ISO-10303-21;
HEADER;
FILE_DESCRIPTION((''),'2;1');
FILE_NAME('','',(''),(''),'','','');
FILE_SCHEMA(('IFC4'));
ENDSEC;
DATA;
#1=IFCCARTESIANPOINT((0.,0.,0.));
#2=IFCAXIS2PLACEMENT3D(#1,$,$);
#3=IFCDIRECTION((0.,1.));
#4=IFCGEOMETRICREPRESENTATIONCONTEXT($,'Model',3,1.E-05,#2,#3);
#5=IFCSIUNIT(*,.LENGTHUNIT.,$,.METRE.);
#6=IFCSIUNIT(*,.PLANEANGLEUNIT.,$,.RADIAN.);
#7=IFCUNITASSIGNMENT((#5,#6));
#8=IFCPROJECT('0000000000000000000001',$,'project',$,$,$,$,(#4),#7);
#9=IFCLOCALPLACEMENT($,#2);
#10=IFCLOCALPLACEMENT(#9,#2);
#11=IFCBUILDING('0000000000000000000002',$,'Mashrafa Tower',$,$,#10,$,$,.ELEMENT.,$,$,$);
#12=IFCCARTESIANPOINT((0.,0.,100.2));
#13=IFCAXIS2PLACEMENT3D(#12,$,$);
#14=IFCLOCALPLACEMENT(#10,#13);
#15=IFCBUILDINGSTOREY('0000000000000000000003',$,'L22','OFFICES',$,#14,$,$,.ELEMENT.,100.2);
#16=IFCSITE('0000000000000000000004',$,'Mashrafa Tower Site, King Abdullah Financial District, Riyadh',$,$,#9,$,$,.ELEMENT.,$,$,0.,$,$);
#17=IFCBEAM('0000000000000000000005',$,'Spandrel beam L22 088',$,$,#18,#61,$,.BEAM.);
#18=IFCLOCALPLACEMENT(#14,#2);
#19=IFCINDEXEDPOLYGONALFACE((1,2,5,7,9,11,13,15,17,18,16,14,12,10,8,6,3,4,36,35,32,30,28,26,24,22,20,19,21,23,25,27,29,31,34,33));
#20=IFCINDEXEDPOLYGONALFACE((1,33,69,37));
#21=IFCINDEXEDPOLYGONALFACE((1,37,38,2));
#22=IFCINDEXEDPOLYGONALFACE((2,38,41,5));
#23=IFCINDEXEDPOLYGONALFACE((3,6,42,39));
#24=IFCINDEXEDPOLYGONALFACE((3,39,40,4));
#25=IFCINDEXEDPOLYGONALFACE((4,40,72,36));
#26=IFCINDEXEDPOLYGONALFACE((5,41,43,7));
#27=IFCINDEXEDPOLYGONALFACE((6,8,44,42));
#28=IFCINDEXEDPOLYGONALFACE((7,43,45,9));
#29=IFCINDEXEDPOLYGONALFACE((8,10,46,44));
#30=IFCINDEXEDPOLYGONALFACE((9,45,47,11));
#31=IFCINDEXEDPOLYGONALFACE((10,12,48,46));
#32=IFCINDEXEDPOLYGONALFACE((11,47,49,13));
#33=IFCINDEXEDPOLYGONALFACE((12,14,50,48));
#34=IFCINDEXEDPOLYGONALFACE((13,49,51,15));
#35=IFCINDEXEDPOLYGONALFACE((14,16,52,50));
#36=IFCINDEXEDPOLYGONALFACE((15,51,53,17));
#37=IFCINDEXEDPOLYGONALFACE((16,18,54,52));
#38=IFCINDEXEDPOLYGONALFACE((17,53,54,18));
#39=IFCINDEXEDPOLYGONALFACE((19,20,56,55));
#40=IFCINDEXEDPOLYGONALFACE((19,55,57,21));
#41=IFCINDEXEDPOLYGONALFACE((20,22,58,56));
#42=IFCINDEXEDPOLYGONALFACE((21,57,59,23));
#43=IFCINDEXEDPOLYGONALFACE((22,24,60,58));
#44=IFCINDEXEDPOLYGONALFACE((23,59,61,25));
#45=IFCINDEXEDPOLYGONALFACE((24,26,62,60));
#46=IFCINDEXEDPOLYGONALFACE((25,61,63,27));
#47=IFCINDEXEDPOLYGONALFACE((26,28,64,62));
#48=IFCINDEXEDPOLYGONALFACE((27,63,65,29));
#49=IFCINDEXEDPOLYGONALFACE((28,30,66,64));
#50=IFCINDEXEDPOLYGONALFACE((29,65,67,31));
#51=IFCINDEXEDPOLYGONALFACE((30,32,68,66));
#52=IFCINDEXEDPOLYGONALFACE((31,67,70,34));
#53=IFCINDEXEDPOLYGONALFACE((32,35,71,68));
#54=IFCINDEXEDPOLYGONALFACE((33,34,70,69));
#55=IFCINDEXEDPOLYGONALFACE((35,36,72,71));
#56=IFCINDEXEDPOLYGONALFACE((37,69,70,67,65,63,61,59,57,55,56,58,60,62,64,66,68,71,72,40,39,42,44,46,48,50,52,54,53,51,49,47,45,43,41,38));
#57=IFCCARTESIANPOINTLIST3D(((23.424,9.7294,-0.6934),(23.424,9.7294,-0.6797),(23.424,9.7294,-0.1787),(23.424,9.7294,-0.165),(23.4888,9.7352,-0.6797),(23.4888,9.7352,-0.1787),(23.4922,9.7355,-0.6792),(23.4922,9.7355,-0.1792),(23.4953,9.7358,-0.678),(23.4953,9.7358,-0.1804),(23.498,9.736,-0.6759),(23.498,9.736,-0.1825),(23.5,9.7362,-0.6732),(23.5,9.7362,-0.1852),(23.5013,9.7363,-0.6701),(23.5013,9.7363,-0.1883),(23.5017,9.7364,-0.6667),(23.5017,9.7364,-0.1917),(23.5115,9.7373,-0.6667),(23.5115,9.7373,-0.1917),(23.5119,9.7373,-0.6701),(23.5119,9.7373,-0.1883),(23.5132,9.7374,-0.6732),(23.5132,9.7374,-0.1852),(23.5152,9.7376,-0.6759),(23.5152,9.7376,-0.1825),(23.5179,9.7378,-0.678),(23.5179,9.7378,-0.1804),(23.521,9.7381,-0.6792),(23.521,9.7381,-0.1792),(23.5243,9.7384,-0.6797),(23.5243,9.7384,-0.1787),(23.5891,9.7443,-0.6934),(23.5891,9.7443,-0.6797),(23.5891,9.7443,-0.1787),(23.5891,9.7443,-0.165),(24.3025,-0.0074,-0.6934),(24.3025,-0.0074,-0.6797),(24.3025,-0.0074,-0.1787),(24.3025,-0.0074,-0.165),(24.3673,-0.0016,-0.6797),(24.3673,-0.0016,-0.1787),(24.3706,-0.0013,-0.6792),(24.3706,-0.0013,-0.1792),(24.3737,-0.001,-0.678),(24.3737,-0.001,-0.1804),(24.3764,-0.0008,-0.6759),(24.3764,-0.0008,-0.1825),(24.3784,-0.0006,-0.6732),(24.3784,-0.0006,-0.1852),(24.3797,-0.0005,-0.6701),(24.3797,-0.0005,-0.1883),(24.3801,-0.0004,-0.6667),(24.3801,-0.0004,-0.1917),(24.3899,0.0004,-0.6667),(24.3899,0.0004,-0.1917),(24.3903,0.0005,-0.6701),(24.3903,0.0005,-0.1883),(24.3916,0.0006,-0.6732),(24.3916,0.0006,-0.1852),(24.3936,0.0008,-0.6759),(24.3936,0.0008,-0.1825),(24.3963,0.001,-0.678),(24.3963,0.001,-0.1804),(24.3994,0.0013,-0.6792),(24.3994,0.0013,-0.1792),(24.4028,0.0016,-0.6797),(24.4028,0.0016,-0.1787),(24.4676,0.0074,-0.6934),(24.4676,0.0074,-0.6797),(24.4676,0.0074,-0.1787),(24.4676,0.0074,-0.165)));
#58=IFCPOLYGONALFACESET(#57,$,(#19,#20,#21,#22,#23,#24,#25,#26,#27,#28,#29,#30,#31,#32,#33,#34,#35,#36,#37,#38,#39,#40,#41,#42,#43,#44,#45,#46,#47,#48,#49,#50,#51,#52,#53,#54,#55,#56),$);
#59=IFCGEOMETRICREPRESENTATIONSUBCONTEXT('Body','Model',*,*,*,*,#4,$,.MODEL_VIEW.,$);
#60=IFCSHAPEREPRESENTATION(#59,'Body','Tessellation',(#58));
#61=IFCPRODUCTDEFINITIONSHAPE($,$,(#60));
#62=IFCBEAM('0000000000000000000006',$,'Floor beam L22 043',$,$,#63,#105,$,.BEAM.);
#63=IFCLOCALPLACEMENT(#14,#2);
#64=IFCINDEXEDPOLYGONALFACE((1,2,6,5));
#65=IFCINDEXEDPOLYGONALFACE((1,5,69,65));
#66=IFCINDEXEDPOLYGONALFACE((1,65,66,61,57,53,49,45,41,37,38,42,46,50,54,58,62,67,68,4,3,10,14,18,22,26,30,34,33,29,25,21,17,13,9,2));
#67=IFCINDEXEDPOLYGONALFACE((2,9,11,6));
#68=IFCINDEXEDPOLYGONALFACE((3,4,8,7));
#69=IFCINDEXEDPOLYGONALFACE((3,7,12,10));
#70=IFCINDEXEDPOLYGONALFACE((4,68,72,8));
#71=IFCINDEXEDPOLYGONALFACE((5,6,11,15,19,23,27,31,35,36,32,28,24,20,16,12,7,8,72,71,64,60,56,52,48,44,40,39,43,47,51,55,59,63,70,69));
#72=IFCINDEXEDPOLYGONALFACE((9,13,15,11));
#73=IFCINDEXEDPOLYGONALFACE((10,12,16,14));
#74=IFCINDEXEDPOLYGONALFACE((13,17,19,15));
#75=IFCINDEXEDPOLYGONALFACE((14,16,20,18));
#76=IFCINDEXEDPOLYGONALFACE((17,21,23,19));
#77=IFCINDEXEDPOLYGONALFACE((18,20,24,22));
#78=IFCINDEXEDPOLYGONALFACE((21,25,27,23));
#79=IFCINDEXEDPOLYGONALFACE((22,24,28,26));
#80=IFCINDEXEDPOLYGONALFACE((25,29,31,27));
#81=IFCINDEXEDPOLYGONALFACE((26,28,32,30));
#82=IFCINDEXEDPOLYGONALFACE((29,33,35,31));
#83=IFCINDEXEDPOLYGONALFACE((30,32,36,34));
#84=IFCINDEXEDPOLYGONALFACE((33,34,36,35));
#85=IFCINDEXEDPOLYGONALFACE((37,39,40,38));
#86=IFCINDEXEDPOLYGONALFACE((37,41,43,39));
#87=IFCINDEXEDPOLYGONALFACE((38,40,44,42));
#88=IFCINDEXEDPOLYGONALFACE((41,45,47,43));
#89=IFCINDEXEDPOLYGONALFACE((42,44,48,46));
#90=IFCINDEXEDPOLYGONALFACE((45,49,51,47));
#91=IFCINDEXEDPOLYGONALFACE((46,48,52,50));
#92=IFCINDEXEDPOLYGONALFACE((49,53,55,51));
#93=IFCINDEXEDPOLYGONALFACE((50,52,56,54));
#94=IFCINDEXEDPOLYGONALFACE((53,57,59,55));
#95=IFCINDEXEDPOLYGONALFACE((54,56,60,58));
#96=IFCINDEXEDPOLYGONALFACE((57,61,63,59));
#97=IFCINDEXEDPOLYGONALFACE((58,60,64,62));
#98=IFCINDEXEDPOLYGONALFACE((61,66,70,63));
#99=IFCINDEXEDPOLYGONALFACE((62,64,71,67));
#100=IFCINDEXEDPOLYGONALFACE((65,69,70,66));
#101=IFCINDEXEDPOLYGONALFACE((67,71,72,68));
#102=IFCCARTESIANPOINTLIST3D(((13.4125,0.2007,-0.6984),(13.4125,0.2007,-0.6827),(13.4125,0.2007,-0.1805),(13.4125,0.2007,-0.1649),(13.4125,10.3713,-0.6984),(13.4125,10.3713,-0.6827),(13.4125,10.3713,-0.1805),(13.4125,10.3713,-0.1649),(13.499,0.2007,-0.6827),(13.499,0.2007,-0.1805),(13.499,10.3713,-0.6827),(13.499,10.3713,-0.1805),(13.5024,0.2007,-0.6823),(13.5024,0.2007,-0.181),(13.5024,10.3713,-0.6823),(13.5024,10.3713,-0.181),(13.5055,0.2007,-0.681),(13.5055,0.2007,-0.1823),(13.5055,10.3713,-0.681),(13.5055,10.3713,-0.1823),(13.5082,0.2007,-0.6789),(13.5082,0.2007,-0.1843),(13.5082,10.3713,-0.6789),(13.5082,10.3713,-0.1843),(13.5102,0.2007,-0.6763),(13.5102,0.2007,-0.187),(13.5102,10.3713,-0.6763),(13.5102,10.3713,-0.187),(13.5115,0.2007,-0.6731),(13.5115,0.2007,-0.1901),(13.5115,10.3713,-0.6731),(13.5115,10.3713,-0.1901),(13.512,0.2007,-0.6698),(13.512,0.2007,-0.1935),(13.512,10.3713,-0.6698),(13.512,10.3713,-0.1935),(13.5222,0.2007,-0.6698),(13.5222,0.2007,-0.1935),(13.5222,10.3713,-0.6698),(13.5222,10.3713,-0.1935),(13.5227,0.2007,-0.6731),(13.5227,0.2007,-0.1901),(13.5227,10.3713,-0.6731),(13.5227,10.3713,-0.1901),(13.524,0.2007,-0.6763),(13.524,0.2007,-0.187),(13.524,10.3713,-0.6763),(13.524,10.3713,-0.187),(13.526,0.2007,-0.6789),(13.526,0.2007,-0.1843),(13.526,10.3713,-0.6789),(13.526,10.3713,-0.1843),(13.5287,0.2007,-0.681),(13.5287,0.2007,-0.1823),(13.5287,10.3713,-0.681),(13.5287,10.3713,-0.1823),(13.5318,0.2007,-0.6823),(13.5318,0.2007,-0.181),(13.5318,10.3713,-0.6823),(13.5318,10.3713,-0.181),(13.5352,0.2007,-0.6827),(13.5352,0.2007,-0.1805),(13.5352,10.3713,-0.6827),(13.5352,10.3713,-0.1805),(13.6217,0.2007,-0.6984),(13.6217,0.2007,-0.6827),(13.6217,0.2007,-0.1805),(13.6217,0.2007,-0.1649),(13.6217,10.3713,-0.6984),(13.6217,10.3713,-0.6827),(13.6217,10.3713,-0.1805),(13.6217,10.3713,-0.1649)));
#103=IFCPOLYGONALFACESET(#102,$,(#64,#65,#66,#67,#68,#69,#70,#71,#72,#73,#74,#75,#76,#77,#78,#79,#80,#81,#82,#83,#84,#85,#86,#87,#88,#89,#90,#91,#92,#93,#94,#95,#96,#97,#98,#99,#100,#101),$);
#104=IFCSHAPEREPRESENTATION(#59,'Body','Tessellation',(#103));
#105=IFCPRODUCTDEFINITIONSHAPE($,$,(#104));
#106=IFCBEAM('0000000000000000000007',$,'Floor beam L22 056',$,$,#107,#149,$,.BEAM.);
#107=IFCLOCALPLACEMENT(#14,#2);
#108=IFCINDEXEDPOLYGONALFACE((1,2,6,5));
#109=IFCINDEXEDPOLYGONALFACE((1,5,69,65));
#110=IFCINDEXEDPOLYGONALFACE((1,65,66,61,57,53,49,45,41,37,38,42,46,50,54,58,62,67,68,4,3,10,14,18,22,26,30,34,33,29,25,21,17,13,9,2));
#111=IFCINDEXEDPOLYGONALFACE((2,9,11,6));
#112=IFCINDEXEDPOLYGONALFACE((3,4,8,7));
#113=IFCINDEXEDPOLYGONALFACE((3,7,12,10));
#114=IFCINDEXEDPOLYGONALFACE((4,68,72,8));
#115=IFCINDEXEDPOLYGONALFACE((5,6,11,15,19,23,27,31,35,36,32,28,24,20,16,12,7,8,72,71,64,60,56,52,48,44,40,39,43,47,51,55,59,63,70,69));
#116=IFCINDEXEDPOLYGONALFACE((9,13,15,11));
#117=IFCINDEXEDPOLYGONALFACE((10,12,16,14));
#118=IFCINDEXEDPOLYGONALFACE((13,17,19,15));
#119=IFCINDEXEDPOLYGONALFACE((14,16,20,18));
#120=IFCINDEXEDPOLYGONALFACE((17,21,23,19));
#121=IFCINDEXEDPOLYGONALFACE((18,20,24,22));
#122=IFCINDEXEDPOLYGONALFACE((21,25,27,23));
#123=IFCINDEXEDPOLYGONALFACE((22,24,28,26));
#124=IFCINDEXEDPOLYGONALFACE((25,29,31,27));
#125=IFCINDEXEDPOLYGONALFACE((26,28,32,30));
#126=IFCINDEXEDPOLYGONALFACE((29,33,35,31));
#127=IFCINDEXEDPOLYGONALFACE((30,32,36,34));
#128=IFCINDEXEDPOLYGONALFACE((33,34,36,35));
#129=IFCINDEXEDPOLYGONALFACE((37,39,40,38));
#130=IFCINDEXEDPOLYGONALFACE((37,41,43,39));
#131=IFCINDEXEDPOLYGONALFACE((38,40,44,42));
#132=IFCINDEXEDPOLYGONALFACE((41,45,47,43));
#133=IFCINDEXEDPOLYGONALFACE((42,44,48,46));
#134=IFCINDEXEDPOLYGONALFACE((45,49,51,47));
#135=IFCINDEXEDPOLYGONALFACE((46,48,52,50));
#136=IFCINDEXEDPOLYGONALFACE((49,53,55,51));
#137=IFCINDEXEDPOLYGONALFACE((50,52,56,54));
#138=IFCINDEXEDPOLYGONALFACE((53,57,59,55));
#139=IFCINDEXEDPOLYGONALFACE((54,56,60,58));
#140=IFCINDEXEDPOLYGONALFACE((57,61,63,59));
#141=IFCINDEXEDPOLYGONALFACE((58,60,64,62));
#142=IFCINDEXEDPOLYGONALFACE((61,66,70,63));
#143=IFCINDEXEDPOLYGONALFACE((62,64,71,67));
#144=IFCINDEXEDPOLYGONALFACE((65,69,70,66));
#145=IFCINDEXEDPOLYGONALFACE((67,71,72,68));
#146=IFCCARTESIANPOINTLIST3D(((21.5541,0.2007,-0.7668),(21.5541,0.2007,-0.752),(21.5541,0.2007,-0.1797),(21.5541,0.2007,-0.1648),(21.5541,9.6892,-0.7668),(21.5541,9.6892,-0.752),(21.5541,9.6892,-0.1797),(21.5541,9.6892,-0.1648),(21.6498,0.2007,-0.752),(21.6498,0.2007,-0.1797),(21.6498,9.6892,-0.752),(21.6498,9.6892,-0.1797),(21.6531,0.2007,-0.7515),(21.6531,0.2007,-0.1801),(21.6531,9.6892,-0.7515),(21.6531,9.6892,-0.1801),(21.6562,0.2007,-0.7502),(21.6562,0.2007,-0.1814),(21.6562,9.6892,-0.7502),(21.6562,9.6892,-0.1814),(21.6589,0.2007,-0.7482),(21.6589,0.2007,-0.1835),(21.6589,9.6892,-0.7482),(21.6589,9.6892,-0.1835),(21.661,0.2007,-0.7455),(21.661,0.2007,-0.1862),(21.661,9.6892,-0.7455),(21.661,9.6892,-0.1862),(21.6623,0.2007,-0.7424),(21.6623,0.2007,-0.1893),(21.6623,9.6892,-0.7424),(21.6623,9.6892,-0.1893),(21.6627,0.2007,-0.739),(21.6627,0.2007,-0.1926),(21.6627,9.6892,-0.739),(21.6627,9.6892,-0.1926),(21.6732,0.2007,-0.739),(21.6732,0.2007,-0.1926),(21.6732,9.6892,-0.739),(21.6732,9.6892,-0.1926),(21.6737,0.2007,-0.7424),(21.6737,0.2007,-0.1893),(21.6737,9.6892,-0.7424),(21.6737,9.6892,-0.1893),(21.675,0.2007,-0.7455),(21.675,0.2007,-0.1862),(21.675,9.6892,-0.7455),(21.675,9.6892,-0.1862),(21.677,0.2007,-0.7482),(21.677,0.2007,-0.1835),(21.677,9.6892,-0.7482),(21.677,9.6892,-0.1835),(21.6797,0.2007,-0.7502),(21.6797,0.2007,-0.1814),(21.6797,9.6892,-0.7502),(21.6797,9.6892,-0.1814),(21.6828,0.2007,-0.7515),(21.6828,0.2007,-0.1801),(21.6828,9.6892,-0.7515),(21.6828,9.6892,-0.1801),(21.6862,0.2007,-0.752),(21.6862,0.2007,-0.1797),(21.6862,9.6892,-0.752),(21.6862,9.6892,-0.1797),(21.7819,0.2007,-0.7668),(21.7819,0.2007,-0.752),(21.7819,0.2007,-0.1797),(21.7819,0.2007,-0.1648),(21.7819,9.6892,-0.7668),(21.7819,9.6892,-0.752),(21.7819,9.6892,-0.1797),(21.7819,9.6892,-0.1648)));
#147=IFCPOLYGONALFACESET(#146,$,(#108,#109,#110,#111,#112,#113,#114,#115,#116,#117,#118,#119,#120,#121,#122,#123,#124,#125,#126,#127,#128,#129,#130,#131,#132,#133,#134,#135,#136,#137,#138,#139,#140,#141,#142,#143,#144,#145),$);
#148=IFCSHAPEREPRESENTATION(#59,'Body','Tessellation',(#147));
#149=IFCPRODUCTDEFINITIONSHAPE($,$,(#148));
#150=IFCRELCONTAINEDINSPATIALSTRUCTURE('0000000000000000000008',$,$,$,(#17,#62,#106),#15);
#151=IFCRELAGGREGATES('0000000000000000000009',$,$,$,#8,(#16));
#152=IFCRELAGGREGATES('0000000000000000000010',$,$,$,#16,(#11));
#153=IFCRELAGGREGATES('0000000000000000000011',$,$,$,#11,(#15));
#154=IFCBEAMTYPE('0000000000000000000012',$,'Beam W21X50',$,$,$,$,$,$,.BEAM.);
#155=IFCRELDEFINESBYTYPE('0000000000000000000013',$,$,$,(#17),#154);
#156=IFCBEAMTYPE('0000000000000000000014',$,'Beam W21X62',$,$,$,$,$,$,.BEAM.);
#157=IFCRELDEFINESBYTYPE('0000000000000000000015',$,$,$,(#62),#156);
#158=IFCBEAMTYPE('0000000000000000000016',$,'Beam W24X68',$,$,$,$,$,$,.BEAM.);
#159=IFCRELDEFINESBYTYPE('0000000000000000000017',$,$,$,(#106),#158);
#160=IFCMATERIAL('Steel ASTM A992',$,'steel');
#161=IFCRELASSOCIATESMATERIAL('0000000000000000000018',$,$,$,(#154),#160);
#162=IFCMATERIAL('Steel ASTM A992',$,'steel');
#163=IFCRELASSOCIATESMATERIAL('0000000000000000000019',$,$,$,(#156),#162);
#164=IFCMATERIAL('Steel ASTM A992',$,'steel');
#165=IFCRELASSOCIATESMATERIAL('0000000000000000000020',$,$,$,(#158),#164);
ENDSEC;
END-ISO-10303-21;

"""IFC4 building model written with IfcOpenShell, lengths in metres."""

from ifc_helpers import new_model, si_unit, direction, frame, origin, origin_2d, place, context, subcontext, project, spatial, i_section, extrude, material, material_profile, profile_set, type_object, element, save


model = new_model("IFC4")

# Units and contexts
model_context = context("Model", 3, precision=1e-05, world=origin(), true_north=direction((0.0, 1.0)))
body_context = subcontext(model_context, "Body", "Model", "MODEL_VIEW")
ifc_project = project(units=[si_unit("LENGTHUNIT", "METRE"), si_unit("PLANEANGLEUNIT", "RADIAN")], contexts=[model_context])

# Site, building, storey
site_placement = place(None, origin())
site = spatial("IfcSite", under=ifc_project, at=site_placement, Name="Mashrafa Tower Site, King Abdullah Financial District, Riyadh", CompositionType="ELEMENT", RefElevation=0.0)
building_placement = place(site_placement, origin())
building = spatial("IfcBuilding", under=site, at=building_placement, Name="Mashrafa Tower", CompositionType="ELEMENT")
storey_placement = place(building_placement, frame((0.0, 0.0, 100.2)))
storey = spatial("IfcBuildingStorey", under=building, at=storey_placement, Name="L22", Description="OFFICES", CompositionType="ELEMENT", Elevation=100.2)

# Beams
ifc_material_1 = material(Name="Steel ASTM A992", Category="steel")
ifc_material_profile_1 = material_profile(ifc_material_1, i_section(OverallWidth=0.1658, OverallDepth=0.5283, WebThickness=0.0098, FlangeThickness=0.0137, FilletRadius=0.0129, at=origin_2d()), Name="W21X50")
ifc_profile_set_1 = profile_set([ifc_material_profile_1], Name="Steel ASTM A992")
beam_type_1 = type_object("IfcBeamType", Name="Beam W21X50", PredefinedType="BEAM", material=ifc_profile_set_1)
beam_1_placement = place(storey_placement, frame((24.385, 0.0, -0.4292), z_axis=(-0.089851, 0.995955, 0.0), x_axis=(-0.995955, -0.089851, 0.0)))
element("IfcBeam", 1, at=beam_1_placement, inside=storey, type_object=beam_type_1, Name="Spandrel beam L22 088", PredefinedType="BEAM", context=body_context, shape_type="SweptSolid", body=[
    extrude(i_section(OverallWidth=0.1658, OverallDepth=0.5283, WebThickness=0.0098, FlangeThickness=0.0137, FilletRadius=0.0129, at=origin_2d()), origin(), (0.0, 0.0, 1.0), 9.7764),
])
ifc_material_2 = material(Name="Steel ASTM A992", Category="steel")
ifc_material_profile_2 = material_profile(ifc_material_2, i_section(OverallWidth=0.2092, OverallDepth=0.5334, WebThickness=0.0103, FlangeThickness=0.0156, FilletRadius=0.0129, at=origin_2d()), Name="W21X62")
ifc_profile_set_2 = profile_set([ifc_material_profile_2], Name="Steel ASTM A992")
beam_type_2 = type_object("IfcBeamType", Name="Beam W21X62", PredefinedType="BEAM", material=ifc_profile_set_2)
beam_2_placement = place(storey_placement, frame((13.5171, 10.3713, -0.4316), z_axis=(0.0, -1.0, 0.0), x_axis=(1.0, 0.0, 0.0)))
element("IfcBeam", 2, at=beam_2_placement, inside=storey, type_object=beam_type_2, Name="Floor beam L22 043", PredefinedType="BEAM", context=body_context, shape_type="SweptSolid", body=[
    extrude(i_section(OverallWidth=0.2092, OverallDepth=0.5334, WebThickness=0.0103, FlangeThickness=0.0156, FilletRadius=0.0129, at=origin_2d()), origin(), (0.0, 0.0, 1.0), 10.1707),
])
ifc_material_3 = material(Name="Steel ASTM A992", Category="steel")
ifc_material_profile_3 = material_profile(ifc_material_3, i_section(OverallWidth=0.2278, OverallDepth=0.6021, WebThickness=0.0105, FlangeThickness=0.0149, FilletRadius=0.0129, at=origin_2d()), Name="W24X68")
ifc_profile_set_3 = profile_set([ifc_material_profile_3], Name="Steel ASTM A992")
beam_type_3 = type_object("IfcBeamType", Name="Beam W24X68", PredefinedType="BEAM", material=ifc_profile_set_3)
beam_3_placement = place(storey_placement, frame((21.668, 9.6892, -0.4658), z_axis=(0.0, -1.0, 0.0), x_axis=(1.0, 0.0, 0.0)))
element("IfcBeam", 3, at=beam_3_placement, inside=storey, type_object=beam_type_3, Name="Floor beam L22 056", PredefinedType="BEAM", context=body_context, shape_type="SweptSolid", body=[
    extrude(i_section(OverallWidth=0.2278, OverallDepth=0.6021, WebThickness=0.0105, FlangeThickness=0.0149, FilletRadius=0.0129, at=origin_2d()), origin(), (0.0, 0.0, 1.0), 9.4885),
])

save(model, "model.ifc")
